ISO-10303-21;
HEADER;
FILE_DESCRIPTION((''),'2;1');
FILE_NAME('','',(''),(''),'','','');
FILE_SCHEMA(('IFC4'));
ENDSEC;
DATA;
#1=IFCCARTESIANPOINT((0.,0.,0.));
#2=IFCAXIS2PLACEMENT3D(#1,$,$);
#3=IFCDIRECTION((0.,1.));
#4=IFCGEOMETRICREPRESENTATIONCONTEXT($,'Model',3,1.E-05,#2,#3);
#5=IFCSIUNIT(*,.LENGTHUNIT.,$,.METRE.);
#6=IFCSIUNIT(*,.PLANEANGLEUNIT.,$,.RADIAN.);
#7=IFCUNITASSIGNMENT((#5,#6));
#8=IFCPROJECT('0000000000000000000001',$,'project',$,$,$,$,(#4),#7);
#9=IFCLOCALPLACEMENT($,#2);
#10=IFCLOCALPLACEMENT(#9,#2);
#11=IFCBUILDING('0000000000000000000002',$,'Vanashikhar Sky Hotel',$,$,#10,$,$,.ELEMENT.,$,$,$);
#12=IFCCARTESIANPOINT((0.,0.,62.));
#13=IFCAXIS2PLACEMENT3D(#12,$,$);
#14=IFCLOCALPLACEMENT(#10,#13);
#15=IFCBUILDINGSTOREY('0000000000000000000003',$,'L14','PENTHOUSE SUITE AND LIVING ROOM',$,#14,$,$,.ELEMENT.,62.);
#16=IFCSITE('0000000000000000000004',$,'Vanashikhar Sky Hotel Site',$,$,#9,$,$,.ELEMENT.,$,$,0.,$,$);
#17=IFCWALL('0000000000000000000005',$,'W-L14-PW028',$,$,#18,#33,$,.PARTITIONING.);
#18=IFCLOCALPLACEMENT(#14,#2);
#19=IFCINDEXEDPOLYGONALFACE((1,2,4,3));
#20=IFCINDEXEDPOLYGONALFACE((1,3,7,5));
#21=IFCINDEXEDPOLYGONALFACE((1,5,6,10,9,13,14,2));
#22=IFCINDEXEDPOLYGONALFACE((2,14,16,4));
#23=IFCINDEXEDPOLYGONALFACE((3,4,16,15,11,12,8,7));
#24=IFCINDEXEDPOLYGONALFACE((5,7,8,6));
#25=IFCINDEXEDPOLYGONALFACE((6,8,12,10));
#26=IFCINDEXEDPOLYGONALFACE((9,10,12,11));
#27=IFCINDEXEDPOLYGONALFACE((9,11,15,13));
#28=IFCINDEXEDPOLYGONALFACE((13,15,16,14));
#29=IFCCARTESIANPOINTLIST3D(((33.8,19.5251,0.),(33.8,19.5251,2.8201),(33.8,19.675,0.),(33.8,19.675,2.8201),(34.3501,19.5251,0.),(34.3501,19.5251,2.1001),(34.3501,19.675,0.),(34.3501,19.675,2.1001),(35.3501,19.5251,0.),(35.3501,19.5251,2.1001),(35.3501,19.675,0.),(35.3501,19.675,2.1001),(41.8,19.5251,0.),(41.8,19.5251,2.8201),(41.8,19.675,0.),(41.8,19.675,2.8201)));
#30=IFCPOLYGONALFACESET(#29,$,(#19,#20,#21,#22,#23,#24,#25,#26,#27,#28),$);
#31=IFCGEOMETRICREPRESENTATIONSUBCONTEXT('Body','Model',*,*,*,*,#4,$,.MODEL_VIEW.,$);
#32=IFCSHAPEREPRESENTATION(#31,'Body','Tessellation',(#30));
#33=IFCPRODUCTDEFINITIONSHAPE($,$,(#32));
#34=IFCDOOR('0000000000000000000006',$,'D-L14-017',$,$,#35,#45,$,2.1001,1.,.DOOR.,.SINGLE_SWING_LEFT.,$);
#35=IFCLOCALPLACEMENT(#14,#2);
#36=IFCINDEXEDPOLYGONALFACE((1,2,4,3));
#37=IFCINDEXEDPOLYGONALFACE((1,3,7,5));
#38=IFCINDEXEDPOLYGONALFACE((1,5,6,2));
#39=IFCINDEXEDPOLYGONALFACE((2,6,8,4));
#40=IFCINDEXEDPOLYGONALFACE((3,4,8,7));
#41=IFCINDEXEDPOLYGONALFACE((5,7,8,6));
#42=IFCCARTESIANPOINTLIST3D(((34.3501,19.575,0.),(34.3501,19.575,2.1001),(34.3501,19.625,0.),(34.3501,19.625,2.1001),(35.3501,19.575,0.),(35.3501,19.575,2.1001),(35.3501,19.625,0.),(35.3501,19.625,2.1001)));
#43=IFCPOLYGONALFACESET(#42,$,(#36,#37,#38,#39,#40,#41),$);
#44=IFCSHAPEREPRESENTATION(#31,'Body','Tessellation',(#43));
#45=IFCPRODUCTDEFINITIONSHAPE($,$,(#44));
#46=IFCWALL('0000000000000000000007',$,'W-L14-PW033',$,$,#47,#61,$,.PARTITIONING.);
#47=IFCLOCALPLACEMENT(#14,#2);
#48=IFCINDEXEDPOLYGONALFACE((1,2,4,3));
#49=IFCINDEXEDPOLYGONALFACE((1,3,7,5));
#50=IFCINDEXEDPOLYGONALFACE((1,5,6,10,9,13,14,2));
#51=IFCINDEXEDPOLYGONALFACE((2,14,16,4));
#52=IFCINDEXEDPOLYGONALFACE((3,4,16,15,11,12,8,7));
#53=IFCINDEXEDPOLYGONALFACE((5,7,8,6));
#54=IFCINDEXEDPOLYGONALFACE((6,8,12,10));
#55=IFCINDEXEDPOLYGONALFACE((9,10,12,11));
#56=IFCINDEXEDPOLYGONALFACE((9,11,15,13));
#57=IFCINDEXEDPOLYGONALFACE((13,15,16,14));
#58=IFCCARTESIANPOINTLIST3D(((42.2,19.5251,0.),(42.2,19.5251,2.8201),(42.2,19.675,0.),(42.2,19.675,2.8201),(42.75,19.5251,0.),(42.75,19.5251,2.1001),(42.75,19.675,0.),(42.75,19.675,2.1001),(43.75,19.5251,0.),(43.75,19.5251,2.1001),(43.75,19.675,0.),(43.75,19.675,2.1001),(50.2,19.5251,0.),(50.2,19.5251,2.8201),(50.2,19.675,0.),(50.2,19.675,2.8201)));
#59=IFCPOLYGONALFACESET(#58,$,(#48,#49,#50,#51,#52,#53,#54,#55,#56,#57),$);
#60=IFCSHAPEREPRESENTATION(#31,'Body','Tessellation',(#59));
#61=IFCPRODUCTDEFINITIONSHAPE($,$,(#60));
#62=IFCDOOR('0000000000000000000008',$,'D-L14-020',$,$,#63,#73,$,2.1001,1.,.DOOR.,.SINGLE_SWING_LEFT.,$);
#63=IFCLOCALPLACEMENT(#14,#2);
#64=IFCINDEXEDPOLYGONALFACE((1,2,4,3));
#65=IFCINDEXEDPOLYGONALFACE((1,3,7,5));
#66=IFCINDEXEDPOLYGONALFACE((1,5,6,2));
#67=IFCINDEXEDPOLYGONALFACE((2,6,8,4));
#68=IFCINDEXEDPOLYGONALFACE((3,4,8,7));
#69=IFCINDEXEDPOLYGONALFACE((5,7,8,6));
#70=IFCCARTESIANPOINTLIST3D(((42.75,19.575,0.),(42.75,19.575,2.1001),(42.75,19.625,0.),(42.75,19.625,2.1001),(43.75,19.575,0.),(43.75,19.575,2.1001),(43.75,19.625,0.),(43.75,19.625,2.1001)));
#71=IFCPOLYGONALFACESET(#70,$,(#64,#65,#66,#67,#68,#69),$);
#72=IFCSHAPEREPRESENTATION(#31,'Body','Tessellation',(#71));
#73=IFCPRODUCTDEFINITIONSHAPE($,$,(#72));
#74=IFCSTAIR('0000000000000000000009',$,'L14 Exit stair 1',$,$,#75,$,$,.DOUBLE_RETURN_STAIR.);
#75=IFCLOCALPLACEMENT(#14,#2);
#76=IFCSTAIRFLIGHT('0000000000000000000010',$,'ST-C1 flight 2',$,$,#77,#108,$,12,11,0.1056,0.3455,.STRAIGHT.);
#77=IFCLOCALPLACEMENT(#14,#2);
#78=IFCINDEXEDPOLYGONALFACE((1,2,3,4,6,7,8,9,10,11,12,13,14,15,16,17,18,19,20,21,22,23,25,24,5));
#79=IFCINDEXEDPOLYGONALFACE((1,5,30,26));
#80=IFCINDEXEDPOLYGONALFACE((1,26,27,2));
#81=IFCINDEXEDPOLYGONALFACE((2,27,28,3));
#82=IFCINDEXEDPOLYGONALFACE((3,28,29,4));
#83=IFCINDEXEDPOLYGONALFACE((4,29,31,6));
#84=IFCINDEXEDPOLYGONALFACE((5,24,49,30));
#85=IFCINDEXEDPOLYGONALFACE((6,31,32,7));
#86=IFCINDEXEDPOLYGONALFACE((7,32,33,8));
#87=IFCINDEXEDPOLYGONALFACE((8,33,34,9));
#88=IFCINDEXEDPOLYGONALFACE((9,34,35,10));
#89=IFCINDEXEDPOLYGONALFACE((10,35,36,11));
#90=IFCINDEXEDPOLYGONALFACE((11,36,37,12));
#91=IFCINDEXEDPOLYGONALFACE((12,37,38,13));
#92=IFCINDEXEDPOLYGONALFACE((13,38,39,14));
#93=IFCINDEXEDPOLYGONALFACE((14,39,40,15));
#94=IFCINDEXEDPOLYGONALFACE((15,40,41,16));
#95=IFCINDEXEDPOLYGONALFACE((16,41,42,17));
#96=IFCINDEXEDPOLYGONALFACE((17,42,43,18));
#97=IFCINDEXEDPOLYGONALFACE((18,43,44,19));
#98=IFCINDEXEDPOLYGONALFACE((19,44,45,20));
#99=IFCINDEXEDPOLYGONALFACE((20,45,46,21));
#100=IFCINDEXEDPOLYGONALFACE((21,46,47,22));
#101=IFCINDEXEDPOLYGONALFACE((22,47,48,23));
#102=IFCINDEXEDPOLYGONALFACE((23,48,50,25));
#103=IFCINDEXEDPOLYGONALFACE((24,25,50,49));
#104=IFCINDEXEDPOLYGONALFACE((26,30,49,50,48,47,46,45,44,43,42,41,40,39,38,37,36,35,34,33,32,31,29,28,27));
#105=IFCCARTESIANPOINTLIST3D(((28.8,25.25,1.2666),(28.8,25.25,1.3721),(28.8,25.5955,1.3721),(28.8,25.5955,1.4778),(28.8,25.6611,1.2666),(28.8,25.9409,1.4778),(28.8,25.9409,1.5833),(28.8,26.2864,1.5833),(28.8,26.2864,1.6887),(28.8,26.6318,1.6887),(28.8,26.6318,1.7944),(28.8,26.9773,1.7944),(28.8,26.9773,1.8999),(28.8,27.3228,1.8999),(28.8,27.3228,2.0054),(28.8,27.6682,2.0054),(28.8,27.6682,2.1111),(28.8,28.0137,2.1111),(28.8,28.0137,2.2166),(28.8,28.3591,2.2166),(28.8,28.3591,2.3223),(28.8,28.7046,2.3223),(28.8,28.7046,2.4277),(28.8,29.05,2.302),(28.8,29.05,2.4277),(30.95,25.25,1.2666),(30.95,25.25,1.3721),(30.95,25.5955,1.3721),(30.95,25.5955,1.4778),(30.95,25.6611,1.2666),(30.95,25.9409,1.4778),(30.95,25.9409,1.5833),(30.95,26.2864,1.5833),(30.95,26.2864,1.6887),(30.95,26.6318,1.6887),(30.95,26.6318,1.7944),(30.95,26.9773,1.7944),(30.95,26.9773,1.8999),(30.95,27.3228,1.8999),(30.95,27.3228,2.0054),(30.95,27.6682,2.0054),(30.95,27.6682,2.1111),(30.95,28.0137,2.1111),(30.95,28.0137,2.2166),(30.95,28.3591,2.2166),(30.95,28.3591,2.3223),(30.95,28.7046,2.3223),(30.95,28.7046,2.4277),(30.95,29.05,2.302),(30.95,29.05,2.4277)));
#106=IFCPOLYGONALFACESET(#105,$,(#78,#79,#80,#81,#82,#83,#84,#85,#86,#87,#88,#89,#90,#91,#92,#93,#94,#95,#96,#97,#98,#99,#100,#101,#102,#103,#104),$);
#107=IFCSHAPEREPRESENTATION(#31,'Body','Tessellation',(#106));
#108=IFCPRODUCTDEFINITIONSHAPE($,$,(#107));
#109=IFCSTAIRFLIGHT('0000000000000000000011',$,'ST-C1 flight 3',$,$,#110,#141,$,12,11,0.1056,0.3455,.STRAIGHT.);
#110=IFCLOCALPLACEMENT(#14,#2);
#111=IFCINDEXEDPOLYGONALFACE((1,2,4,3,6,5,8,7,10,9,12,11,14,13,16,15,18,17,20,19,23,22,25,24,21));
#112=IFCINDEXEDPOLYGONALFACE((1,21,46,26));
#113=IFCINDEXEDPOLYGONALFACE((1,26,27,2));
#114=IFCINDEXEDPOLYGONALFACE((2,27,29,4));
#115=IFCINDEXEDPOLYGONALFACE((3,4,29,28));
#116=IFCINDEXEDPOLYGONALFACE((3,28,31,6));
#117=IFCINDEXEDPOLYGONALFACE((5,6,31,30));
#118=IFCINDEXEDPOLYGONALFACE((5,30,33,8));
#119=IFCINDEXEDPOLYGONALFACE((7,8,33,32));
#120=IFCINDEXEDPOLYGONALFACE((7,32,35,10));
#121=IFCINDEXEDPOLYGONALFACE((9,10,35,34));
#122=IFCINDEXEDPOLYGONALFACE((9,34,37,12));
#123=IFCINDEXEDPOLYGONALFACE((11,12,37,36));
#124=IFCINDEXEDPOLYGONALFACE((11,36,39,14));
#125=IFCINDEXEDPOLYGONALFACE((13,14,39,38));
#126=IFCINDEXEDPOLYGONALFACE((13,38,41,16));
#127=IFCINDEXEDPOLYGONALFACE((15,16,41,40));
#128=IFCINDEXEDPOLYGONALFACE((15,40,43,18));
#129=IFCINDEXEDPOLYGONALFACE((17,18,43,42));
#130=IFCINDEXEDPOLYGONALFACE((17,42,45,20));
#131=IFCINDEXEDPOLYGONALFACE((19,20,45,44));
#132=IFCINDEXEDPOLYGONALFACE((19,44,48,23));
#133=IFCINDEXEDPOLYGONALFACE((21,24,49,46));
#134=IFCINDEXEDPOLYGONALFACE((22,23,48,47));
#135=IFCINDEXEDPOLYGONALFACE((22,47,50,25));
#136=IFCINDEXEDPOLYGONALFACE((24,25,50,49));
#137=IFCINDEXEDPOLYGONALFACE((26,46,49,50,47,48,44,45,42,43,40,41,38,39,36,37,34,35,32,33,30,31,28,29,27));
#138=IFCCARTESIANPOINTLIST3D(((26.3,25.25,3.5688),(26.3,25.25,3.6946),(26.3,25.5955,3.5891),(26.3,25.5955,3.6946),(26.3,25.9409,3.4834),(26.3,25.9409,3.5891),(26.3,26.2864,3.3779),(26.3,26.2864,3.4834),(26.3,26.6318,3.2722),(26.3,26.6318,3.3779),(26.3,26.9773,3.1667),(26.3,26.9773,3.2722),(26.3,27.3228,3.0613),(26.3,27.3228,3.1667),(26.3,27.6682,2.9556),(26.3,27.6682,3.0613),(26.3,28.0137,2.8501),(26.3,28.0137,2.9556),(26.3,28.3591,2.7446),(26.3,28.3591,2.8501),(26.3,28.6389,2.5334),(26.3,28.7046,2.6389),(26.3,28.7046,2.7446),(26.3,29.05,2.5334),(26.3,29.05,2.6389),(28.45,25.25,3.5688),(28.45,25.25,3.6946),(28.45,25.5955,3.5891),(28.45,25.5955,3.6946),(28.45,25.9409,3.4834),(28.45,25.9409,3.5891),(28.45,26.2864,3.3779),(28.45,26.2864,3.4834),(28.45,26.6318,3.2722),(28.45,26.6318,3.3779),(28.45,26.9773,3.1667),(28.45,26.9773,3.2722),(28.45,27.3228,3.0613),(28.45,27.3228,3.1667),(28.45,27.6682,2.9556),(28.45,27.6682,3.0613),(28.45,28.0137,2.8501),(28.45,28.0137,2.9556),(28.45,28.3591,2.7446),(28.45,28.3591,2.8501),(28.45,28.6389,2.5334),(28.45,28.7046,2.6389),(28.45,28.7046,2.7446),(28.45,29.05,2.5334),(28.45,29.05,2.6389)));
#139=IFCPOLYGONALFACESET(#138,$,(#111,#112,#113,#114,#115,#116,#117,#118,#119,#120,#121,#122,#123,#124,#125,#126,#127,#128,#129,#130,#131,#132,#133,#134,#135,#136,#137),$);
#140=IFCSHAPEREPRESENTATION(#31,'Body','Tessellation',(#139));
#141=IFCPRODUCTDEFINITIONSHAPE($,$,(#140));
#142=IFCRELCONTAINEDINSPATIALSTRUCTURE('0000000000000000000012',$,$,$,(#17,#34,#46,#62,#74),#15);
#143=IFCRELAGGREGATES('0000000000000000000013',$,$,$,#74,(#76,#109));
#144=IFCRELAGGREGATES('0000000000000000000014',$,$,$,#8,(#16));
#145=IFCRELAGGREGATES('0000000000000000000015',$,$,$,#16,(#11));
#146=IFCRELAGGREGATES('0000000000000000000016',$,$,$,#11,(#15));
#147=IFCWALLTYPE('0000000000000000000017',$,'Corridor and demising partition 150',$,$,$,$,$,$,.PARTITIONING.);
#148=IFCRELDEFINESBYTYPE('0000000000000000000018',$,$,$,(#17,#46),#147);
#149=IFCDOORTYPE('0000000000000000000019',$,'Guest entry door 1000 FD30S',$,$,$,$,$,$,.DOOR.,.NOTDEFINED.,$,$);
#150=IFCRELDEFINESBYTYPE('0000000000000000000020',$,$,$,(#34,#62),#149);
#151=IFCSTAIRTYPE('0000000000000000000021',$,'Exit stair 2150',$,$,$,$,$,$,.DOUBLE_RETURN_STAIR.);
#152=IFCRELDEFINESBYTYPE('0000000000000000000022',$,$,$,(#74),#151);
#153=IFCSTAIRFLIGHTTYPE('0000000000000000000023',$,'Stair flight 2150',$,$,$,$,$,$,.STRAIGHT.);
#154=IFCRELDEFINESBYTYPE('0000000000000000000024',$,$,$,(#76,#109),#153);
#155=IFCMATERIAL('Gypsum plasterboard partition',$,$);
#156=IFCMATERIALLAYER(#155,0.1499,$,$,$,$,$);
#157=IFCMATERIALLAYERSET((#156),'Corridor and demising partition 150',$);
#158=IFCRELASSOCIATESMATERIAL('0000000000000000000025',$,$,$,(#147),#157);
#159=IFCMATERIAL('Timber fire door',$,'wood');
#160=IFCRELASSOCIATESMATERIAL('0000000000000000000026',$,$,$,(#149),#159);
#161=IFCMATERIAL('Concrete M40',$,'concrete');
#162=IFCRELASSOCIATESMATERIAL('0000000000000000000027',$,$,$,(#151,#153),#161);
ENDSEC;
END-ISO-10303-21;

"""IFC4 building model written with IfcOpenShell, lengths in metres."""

from ifc_helpers import new_model, si_unit, direction, frame, frame_2d, origin, place, context, subcontext, project, spatial, polyline, rectangle, outline, extrude, source, transform, mapped, material, layer, layer_set, type_object, element, fill, aggregate, save


model = new_model("IFC4")

# Units and contexts
model_context = context("Model", 3, precision=1e-05, world=origin(), true_north=direction((0.0, 1.0)))
body_context = subcontext(model_context, "Body", "Model", "MODEL_VIEW")
ifc_project = project(units=[si_unit("LENGTHUNIT", "METRE"), si_unit("PLANEANGLEUNIT", "RADIAN")], contexts=[model_context])

# Site, building, storey
site_placement = place(None, origin())
site = spatial("IfcSite", under=ifc_project, at=site_placement, Name="Vanashikhar Sky Hotel Site", CompositionType="ELEMENT", RefElevation=0.0)
building_placement = place(site_placement, origin())
building = spatial("IfcBuilding", under=site, at=building_placement, Name="Vanashikhar Sky Hotel", CompositionType="ELEMENT")
storey_placement = place(building_placement, frame((0.0, 0.0, 62.0)))
storey = spatial("IfcBuildingStorey", under=building, at=storey_placement, Name="L14", Description="PENTHOUSE SUITE AND LIVING ROOM", CompositionType="ELEMENT", Elevation=62.0)

# Shared definitions
ifc_material_1 = material(Name="Concrete M40", Category="concrete")

# Walls, openings, doors
ifc_material_2 = material(Name="Gypsum plasterboard partition")
ifc_layer_1 = layer(ifc_material_2, 0.1499)
ifc_layer_set_1 = layer_set([ifc_layer_1], Name="Corridor and demising partition 150")
wall_type_1 = type_object("IfcWallType", Name="Corridor and demising partition 150", PredefinedType="PARTITIONING", material=ifc_layer_set_1)
shared_shape_1 = source(origin(), body_context, "Body", "SweptSolid", [
    extrude(rectangle(XDim=8.0, YDim=0.1499, at=frame_2d((4.0, 0.0))), origin(), (0.0, 0.0, 1.0), 2.8201),
])
wall_1_placement = place(storey_placement, frame((33.8, 19.6001, 0.0), z_axis=(0.0, 0.0, 1.0), x_axis=(1.0, 0.0, 0.0)))
wall_1 = element("IfcWall", 1, at=wall_1_placement, inside=storey, type_object=wall_type_1, Name="W-L14-PW028", PredefinedType="PARTITIONING", context=body_context, shape_type="MappedRepresentation", body=[
    mapped(shared_shape_1, transform((0.0, 0.0, 0.0), scale=1.0)),
])
shared_shape_2 = source(origin(), body_context, "Body", "SweptSolid", [
    extrude(rectangle(XDim=1.0, YDim=2.1001, at=frame_2d((0.5, 1.05))), frame((0.0, 0.085, 0.0), z_axis=(0.0, -1.0, 0.0), x_axis=(1.0, 0.0, 0.0)), (0.0, 0.0, 1.0), 0.1699),
])
opening_1_placement = place(wall_1_placement, frame((0.55, 0.0, 0.0)))
opening_1 = element("IfcOpeningElement", 2, at=opening_1_placement, cuts=wall_1, PredefinedType="OPENING", context=body_context, shape_type="MappedRepresentation", body=[
    mapped(shared_shape_2, transform((0.0, 0.0, 0.0), scale=1.0)),
])
ifc_material_3 = material(Name="Timber fire door", Category="wood")
door_type_1 = type_object("IfcDoorType", Name="Guest entry door 1000 FD30S", OperationType="NOTDEFINED", PredefinedType="DOOR", material=ifc_material_3)
shared_shape_3 = source(origin(), body_context, "Body", "SweptSolid", [
    extrude(rectangle(XDim=1.0, YDim=2.1001, at=frame_2d((0.5, 1.05))), frame((0.0, 0.0249, 0.0), z_axis=(0.0, -1.0, 0.0), x_axis=(1.0, 0.0, 0.0)), (0.0, 0.0, 1.0), 0.05),
])
door_1_placement = place(opening_1_placement, origin())
door_1 = element("IfcDoor", 3, at=door_1_placement, inside=storey, type_object=door_type_1, Name="D-L14-017", OperationType="SINGLE_SWING_LEFT", OverallHeight=2.1001, OverallWidth=1.0, PredefinedType="DOOR", context=body_context, shape_type="MappedRepresentation", body=[
    mapped(shared_shape_3, transform((0.0, 0.0, 0.0), scale=1.0)),
])
fill(opening_1, door_1)
wall_2_placement = place(storey_placement, frame((42.2, 19.6001, 0.0), z_axis=(0.0, 0.0, 1.0), x_axis=(1.0, 0.0, 0.0)))
wall_2 = element("IfcWall", 4, at=wall_2_placement, inside=storey, type_object=wall_type_1, Name="W-L14-PW033", PredefinedType="PARTITIONING", context=body_context, shape_type="MappedRepresentation", body=[
    mapped(shared_shape_1, transform((0.0, 0.0, 0.0), scale=1.0)),
])
opening_2_placement = place(wall_2_placement, frame((0.55, 0.0, 0.0)))
opening_2 = element("IfcOpeningElement", 5, at=opening_2_placement, cuts=wall_2, PredefinedType="OPENING", context=body_context, shape_type="MappedRepresentation", body=[
    mapped(shared_shape_2, transform((0.0, 0.0, 0.0), scale=1.0)),
])
door_2_placement = place(opening_2_placement, origin())
door_2 = element("IfcDoor", 6, at=door_2_placement, inside=storey, type_object=door_type_1, Name="D-L14-020", OperationType="SINGLE_SWING_LEFT", OverallHeight=2.1001, OverallWidth=1.0, PredefinedType="DOOR", context=body_context, shape_type="MappedRepresentation", body=[
    mapped(shared_shape_3, transform((0.0, 0.0, 0.0), scale=1.0)),
])
fill(opening_2, door_2)

# Stair, stair flights
stair_type = type_object("IfcStairType", Name="Exit stair 2150", PredefinedType="DOUBLE_RETURN_STAIR", material=ifc_material_1)
stair_placement = place(storey_placement, origin())
stair = element("IfcStair", 7, at=stair_placement, inside=storey, type_object=stair_type, Name="L14 Exit stair 1", PredefinedType="DOUBLE_RETURN_STAIR")
stair_flight_type = type_object("IfcStairFlightType", Name="Stair flight 2150", PredefinedType="STRAIGHT", material=ifc_material_1)
shared_shape_4 = source(origin(), body_context, "Body", "SweptSolid", [
    extrude(outline(polyline([(0.0, 0.0), (0.0, 0.1055), (0.3455, 0.1055), (0.3455, 0.2112), (0.6909, 0.2112), (0.6909, 0.3167), (1.0364, 0.3167), (1.0364, 0.4221), (1.3818, 0.4221), (1.3818, 0.5278), (1.7273, 0.5278), (1.7273, 0.6333), (2.0728, 0.6333), (2.0728, 0.7388), (2.4182, 0.7388), (2.4182, 0.8445), (2.7637, 0.8445), (2.7637, 0.95), (3.1091, 0.95), (3.1091, 1.0557), (3.4546, 1.0557), (3.4546, 1.1611), (3.8, 1.1611), (3.8, 1.2666), (3.8, 1.0354), (0.4111, 0.0), (0.0, 0.0)])), frame((0.0, 1.075, 0.0), z_axis=(0.0, -1.0, 0.0), x_axis=(1.0, 0.0, 0.0)), (0.0, 0.0, 1.0), 2.1499),
])
stair_flight_1_placement = place(storey_placement, frame((29.875, 25.25, 1.2666), z_axis=(0.0, 0.0, 1.0), x_axis=(0.0, 1.0, 0.0)))
stair_flight_1 = element("IfcStairFlight", 8, at=stair_flight_1_placement, type_object=stair_flight_type, Name="ST-C1 flight 2", NumberOfRisers=12, NumberOfTreads=11, PredefinedType="STRAIGHT", RiserHeight=0.1056, TreadLength=0.3455, context=body_context, shape_type="MappedRepresentation", body=[
    mapped(shared_shape_4, transform((0.0, 0.0, 0.0), scale=1.0)),
])
stair_flight_2_placement = place(storey_placement, frame((27.375, 29.05, 2.5334), z_axis=(0.0, 0.0, 1.0), x_axis=(0.0, -1.0, 0.0)))
stair_flight_2 = element("IfcStairFlight", 9, at=stair_flight_2_placement, type_object=stair_flight_type, Name="ST-C1 flight 3", NumberOfRisers=12, NumberOfTreads=11, PredefinedType="STRAIGHT", RiserHeight=0.1056, TreadLength=0.3455, context=body_context, shape_type="MappedRepresentation", body=[
    mapped(shared_shape_4, transform((0.0, 0.0, 0.0), scale=1.0)),
])
aggregate(stair, [stair_flight_1, stair_flight_2])

save(model, "model.ifc")
